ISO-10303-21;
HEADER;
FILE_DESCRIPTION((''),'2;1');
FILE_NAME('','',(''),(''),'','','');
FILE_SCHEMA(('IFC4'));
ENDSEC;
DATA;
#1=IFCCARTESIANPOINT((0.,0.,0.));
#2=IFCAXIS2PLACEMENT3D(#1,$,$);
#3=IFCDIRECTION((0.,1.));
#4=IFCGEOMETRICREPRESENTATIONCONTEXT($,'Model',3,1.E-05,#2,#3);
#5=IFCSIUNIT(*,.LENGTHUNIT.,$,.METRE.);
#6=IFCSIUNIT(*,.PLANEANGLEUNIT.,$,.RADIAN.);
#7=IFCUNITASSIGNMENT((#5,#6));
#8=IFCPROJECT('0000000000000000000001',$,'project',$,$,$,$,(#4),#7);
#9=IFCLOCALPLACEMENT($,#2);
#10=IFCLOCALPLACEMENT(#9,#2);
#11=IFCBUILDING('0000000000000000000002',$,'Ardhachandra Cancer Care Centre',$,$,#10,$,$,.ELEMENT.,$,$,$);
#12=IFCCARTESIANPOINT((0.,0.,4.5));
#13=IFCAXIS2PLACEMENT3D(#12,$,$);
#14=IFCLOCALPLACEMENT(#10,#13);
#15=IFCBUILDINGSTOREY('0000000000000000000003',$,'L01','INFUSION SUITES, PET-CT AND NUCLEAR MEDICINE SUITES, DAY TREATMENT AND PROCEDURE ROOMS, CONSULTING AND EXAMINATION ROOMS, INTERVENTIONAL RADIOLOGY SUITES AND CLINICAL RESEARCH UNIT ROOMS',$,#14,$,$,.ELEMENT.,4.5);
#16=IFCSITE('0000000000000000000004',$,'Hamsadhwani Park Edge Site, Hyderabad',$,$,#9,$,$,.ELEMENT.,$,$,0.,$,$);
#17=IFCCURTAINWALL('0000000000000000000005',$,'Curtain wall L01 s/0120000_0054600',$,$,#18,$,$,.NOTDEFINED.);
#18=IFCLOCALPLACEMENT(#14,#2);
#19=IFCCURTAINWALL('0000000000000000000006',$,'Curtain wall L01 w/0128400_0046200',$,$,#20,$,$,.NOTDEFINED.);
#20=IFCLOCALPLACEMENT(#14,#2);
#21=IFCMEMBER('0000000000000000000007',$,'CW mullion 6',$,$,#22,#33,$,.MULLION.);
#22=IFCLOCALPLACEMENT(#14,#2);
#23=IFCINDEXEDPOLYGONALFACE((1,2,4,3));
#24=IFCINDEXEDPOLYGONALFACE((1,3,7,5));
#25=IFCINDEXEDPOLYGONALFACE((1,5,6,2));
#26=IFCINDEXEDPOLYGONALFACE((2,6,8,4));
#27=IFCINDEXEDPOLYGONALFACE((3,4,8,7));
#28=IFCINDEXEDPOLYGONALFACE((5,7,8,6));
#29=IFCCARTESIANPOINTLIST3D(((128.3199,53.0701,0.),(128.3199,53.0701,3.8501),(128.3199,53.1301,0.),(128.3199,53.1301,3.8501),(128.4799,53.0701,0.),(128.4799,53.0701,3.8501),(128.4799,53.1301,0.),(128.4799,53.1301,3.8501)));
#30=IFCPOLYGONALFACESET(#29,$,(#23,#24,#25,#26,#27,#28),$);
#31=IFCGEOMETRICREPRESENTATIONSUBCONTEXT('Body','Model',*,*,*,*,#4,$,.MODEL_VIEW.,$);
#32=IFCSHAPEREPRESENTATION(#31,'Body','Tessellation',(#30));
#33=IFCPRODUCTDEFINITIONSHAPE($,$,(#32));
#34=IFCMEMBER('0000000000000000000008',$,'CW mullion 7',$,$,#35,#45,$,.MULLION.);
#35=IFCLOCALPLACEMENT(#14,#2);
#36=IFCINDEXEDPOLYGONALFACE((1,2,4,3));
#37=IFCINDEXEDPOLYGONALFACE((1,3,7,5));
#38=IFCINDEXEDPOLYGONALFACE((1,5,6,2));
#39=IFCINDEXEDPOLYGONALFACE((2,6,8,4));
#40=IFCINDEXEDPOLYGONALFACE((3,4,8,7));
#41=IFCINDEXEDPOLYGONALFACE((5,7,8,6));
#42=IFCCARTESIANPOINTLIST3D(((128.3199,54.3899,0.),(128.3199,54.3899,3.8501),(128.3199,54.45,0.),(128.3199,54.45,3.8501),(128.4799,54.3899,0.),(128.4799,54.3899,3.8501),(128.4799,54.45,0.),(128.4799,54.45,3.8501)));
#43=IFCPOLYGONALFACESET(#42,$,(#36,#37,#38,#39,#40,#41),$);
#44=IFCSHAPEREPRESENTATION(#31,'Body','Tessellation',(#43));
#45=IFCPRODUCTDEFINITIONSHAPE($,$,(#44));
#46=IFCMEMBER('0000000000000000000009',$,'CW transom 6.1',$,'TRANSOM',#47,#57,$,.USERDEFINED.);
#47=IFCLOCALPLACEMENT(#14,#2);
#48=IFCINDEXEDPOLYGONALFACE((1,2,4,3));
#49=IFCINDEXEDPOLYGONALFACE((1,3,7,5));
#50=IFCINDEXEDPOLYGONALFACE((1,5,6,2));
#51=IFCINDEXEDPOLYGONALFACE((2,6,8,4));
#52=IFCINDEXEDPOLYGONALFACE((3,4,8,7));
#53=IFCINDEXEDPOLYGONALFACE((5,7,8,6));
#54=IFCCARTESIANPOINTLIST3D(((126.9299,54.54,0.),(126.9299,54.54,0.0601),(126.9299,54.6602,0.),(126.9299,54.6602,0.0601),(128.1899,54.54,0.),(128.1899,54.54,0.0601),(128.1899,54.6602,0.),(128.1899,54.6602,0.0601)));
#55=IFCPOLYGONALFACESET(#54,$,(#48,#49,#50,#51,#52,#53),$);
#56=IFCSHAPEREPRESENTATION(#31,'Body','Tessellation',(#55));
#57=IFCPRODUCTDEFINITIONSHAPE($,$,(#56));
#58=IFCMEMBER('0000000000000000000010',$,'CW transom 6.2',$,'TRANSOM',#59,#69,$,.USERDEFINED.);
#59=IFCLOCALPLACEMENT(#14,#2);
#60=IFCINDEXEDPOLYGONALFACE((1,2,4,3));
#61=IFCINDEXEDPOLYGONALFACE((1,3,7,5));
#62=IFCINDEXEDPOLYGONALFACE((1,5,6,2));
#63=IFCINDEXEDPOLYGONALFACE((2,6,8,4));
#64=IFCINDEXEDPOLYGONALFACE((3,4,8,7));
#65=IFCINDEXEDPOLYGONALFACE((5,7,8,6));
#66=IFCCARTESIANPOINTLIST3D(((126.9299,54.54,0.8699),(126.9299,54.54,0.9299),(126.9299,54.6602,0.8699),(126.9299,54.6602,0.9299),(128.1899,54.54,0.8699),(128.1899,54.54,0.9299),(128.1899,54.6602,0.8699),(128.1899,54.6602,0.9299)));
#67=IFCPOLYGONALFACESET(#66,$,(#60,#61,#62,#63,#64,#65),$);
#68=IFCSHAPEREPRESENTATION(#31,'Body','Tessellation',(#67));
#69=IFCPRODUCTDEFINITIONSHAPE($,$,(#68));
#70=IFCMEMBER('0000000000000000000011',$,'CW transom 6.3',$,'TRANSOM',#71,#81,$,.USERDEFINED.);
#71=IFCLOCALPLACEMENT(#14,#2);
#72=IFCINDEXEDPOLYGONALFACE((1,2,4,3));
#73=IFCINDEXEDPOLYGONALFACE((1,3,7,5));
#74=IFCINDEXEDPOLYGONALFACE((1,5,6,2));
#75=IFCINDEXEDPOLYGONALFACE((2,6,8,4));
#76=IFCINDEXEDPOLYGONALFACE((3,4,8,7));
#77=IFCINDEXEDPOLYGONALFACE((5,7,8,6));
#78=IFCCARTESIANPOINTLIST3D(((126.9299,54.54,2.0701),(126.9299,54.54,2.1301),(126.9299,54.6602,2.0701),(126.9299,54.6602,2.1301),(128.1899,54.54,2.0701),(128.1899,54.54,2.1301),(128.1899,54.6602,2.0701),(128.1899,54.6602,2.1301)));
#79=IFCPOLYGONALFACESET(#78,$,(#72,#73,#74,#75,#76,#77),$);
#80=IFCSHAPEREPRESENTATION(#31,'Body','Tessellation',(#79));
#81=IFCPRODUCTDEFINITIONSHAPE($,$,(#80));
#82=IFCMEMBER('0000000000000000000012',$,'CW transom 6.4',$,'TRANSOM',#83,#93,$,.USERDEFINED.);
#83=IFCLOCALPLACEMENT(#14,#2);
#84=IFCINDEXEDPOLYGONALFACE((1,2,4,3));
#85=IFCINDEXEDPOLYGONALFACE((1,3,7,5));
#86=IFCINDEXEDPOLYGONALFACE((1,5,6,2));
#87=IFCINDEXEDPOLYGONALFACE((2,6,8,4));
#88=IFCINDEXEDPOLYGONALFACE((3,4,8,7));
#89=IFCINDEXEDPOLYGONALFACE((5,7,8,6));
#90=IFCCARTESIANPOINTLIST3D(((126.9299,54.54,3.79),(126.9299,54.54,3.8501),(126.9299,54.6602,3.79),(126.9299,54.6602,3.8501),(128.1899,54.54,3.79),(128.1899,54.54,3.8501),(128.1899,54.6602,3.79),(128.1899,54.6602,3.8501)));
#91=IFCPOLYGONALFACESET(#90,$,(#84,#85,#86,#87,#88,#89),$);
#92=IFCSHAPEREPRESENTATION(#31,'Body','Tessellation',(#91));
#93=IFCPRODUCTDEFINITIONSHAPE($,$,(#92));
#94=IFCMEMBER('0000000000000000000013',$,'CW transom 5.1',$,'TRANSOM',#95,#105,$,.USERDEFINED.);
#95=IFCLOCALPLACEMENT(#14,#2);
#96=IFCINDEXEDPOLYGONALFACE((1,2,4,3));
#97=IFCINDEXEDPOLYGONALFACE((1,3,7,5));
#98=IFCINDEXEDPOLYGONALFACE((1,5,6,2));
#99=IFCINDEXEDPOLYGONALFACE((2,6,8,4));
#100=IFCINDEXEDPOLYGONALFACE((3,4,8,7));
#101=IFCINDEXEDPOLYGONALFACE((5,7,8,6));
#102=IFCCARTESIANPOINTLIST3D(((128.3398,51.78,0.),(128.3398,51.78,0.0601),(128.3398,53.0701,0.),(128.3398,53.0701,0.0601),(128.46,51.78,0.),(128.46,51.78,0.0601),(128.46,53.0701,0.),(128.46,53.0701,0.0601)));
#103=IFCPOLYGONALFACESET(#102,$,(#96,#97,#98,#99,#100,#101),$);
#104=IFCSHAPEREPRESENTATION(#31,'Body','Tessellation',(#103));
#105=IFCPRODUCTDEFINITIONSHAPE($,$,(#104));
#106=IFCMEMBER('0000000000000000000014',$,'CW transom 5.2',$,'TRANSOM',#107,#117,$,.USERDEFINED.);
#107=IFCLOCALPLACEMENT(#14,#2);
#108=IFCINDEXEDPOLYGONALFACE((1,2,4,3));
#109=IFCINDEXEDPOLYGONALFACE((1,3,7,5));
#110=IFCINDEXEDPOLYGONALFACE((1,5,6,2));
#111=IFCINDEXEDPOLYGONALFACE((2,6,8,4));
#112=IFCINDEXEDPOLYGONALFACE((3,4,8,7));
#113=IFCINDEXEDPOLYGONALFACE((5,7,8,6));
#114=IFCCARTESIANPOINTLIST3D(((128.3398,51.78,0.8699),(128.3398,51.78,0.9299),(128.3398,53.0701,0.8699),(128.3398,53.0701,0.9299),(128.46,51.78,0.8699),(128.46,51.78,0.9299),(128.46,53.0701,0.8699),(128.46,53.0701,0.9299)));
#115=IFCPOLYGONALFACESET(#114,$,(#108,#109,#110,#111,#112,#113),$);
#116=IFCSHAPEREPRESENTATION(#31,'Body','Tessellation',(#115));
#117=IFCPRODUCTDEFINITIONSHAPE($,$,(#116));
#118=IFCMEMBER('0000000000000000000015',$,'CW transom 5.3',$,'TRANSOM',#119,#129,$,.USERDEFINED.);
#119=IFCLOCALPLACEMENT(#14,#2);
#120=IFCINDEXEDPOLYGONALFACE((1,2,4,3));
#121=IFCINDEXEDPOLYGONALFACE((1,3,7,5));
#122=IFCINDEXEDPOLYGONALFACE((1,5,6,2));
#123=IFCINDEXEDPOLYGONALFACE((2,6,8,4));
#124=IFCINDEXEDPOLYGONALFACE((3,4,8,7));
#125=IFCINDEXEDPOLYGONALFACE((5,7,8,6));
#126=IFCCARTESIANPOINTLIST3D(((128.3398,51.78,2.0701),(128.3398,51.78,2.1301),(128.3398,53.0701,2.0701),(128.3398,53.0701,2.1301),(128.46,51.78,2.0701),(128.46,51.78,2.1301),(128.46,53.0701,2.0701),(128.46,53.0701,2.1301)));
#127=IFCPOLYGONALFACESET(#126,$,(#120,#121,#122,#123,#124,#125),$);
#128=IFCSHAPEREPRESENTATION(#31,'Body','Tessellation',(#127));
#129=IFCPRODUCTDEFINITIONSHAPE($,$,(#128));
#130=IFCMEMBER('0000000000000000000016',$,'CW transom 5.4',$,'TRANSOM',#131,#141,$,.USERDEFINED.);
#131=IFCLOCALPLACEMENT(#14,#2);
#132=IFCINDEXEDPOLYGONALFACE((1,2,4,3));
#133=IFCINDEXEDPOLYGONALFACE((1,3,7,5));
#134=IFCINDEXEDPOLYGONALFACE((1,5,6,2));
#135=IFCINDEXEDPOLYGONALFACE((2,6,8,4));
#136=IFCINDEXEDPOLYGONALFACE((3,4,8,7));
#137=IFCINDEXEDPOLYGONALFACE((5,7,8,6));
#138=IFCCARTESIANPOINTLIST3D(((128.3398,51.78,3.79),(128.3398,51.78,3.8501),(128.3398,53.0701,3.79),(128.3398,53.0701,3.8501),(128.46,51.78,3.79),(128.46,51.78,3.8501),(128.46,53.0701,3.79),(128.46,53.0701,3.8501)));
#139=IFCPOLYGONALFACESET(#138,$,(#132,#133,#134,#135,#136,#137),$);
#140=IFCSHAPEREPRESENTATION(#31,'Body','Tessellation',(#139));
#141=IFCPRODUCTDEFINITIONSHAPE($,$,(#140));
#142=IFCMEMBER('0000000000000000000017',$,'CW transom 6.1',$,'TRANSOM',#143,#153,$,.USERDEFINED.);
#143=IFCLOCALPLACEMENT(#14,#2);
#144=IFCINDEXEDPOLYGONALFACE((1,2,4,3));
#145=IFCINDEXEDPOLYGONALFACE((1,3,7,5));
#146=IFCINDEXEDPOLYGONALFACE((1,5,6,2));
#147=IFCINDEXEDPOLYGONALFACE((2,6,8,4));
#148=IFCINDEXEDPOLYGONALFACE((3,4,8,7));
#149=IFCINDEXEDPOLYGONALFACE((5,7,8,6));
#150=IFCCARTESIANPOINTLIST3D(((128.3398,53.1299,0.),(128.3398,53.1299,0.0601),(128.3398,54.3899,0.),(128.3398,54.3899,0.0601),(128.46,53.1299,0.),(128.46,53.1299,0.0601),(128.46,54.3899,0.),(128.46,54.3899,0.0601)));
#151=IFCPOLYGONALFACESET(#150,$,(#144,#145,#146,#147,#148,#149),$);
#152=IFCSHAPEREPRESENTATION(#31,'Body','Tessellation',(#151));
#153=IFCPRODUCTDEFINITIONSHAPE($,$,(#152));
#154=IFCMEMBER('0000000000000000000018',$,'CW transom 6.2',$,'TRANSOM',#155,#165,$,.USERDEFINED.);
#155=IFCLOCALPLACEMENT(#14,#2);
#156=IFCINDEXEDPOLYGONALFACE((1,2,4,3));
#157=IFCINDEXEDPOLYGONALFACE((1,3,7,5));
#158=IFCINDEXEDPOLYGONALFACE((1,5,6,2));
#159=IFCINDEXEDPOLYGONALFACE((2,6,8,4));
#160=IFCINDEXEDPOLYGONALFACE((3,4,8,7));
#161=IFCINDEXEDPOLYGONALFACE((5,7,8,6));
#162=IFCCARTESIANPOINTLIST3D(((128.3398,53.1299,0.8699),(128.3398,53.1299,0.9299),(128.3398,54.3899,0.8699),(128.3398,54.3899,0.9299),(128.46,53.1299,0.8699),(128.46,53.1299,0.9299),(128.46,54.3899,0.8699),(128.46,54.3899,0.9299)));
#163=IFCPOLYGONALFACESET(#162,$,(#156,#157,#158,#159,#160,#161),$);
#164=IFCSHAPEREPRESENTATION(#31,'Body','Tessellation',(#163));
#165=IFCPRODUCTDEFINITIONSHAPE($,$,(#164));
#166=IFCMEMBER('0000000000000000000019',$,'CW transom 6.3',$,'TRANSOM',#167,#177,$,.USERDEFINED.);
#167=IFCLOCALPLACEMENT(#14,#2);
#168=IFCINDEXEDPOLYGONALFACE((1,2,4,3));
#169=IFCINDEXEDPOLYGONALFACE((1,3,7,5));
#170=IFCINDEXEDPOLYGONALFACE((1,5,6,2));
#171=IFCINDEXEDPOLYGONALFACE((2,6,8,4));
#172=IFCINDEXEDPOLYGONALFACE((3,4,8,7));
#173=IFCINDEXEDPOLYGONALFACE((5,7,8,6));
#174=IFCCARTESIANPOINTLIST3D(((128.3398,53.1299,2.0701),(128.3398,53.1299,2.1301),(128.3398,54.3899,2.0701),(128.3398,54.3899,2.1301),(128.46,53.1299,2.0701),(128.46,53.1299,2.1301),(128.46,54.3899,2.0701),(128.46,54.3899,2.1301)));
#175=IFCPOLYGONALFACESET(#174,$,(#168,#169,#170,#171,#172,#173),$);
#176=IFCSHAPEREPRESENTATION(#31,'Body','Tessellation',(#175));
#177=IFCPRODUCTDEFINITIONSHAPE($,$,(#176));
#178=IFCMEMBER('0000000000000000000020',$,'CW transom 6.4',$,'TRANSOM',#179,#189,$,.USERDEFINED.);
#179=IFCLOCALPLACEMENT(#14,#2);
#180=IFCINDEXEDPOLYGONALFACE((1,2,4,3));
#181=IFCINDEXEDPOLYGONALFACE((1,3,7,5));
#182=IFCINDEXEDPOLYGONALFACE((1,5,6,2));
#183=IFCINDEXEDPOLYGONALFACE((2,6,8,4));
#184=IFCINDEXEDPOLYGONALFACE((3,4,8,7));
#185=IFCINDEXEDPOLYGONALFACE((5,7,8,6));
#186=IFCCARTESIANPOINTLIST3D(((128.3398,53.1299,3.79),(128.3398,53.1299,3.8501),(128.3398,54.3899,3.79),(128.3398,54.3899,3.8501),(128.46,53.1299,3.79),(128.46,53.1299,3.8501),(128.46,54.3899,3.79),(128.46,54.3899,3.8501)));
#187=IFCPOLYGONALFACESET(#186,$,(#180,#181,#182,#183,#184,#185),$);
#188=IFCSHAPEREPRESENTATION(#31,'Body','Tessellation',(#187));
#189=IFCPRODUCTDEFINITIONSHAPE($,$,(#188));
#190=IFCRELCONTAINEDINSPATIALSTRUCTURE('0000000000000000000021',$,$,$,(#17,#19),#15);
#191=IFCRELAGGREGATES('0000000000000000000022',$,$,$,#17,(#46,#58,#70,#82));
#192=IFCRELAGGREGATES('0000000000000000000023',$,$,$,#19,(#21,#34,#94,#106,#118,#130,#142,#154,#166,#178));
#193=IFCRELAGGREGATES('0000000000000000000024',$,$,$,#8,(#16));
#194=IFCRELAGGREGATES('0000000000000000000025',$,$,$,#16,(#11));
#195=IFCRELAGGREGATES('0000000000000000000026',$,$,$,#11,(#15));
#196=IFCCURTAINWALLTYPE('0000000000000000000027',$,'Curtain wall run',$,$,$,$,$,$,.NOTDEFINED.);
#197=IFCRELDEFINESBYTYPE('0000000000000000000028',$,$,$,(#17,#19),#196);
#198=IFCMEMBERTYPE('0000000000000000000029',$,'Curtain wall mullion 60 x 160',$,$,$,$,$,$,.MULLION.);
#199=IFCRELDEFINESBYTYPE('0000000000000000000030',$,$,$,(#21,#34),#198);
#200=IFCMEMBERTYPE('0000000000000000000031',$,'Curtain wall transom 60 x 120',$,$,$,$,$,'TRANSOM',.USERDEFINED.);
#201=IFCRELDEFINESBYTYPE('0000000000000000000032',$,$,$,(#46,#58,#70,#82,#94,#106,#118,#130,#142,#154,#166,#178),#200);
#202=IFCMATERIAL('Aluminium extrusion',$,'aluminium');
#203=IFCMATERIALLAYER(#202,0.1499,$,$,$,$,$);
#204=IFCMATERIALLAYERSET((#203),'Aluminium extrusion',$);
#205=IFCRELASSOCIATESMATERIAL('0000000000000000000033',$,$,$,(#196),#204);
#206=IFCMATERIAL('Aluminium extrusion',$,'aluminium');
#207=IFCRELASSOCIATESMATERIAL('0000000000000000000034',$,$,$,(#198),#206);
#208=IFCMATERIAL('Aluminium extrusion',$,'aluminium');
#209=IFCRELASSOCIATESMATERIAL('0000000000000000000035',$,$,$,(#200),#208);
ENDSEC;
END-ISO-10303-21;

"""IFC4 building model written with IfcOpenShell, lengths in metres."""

from ifc_helpers import new_model, si_unit, direction, frame, origin, origin_2d, place, context, subcontext, project, spatial, rectangle, extrude, material, layer, layer_set, material_profile, profile_set, type_object, element, aggregate, save


model = new_model("IFC4")

# Units and contexts
model_context = context("Model", 3, precision=1e-05, world=origin(), true_north=direction((0.0, 1.0)))
body_context = subcontext(model_context, "Body", "Model", "MODEL_VIEW")
ifc_project = project(units=[si_unit("LENGTHUNIT", "METRE"), si_unit("PLANEANGLEUNIT", "RADIAN")], contexts=[model_context])

# Site, building, storey
site_placement = place(None, origin())
site = spatial("IfcSite", under=ifc_project, at=site_placement, Name="Hamsadhwani Park Edge Site, Hyderabad", CompositionType="ELEMENT", RefElevation=0.0)
building_placement = place(site_placement, origin())
building = spatial("IfcBuilding", under=site, at=building_placement, Name="Ardhachandra Cancer Care Centre", CompositionType="ELEMENT")
storey_placement = place(building_placement, frame((0.0, 0.0, 4.5)))
storey = spatial("IfcBuildingStorey", under=building, at=storey_placement, Name="L01", Description="INFUSION SUITES, PET-CT AND NUCLEAR MEDICINE SUITES, DAY TREATMENT AND PROCEDURE ROOMS, CONSULTING AND EXAMINATION ROOMS, INTERVENTIONAL RADIOLOGY SUITES AND CLINICAL RESEARCH UNIT ROOMS", CompositionType="ELEMENT", Elevation=4.5)

# Curtain walls, members
ifc_material_1 = material(Name="Aluminium extrusion", Category="aluminium")
ifc_layer_1 = layer(ifc_material_1, 0.1499)
ifc_layer_set_1 = layer_set([ifc_layer_1], Name="Aluminium extrusion")
curtain_wall_type = type_object("IfcCurtainWallType", Name="Curtain wall run", PredefinedType="NOTDEFINED", material=ifc_layer_set_1)
curtain_wall_1_placement = place(storey_placement, origin())
curtain_wall_1 = element("IfcCurtainWall", 1, at=curtain_wall_1_placement, inside=storey, type_object=curtain_wall_type, Name="Curtain wall L01 s/0120000_0054600", PredefinedType="NOTDEFINED")
ifc_material_2 = material(Name="Aluminium extrusion", Category="aluminium")
ifc_material_profile_1 = material_profile(ifc_material_2, rectangle(XDim=0.1599, YDim=0.0601, at=origin_2d()), Name="Curtain wall mullion 60 x 160")
ifc_profile_set_1 = profile_set([ifc_material_profile_1], Name="Aluminium extrusion")
member_type_1 = type_object("IfcMemberType", Name="Curtain wall mullion 60 x 160", PredefinedType="MULLION", material=ifc_profile_set_1)
curtain_wall_2_placement = place(storey_placement, origin())
curtain_wall_2 = element("IfcCurtainWall", 2, at=curtain_wall_2_placement, inside=storey, type_object=curtain_wall_type, Name="Curtain wall L01 w/0128400_0046200", PredefinedType="NOTDEFINED")
member_1_placement = place(storey_placement, frame((128.3999, 53.1001, 0.0), z_axis=(0.0, 0.0, 1.0), x_axis=(-1.0, 0.0, 0.0)))
member_1 = element("IfcMember", 3, at=member_1_placement, type_object=member_type_1, Name="CW mullion 6", PredefinedType="MULLION", context=body_context, shape_type="SweptSolid", body=[
    extrude(rectangle(XDim=0.1599, YDim=0.0601, at=origin_2d()), origin(), (0.0, 0.0, 1.0), 3.8501),
])
member_2_placement = place(storey_placement, frame((128.3999, 54.4199, 0.0), z_axis=(0.0, 0.0, 1.0), x_axis=(-1.0, 0.0, 0.0)))
member_2 = element("IfcMember", 4, at=member_2_placement, type_object=member_type_1, Name="CW mullion 7", PredefinedType="MULLION", context=body_context, shape_type="SweptSolid", body=[
    extrude(rectangle(XDim=0.1599, YDim=0.0601, at=origin_2d()), origin(), (0.0, 0.0, 1.0), 3.8501),
])

# Members
ifc_material_3 = material(Name="Aluminium extrusion", Category="aluminium")
ifc_material_profile_2 = material_profile(ifc_material_3, rectangle(XDim=0.1201, YDim=0.0601, at=origin_2d()), Name="Curtain wall transom 60 x 120")
ifc_profile_set_2 = profile_set([ifc_material_profile_2], Name="Aluminium extrusion")
member_type_2 = type_object("IfcMemberType", Name="Curtain wall transom 60 x 120", ElementType="TRANSOM", PredefinedType="USERDEFINED", material=ifc_profile_set_2)
member_3_placement = place(storey_placement, frame((126.9299, 54.6001, 0.03), z_axis=(1.0, 0.0, 0.0), x_axis=(0.0, 1.0, 0.0)))
member_3 = element("IfcMember", 5, at=member_3_placement, type_object=member_type_2, Name="CW transom 6.1", ObjectType="TRANSOM", PredefinedType="USERDEFINED", context=body_context, shape_type="SweptSolid", body=[
    extrude(rectangle(XDim=0.1201, YDim=0.0601, at=origin_2d()), origin(), (0.0, 0.0, 1.0), 1.26),
])
member_4_placement = place(storey_placement, frame((126.9299, 54.6001, 0.8999), z_axis=(1.0, 0.0, 0.0), x_axis=(0.0, 1.0, 0.0)))
member_4 = element("IfcMember", 6, at=member_4_placement, type_object=member_type_2, Name="CW transom 6.2", ObjectType="TRANSOM", PredefinedType="USERDEFINED", context=body_context, shape_type="SweptSolid", body=[
    extrude(rectangle(XDim=0.1201, YDim=0.0601, at=origin_2d()), origin(), (0.0, 0.0, 1.0), 1.26),
])
member_5_placement = place(storey_placement, frame((126.9299, 54.6001, 2.1001), z_axis=(1.0, 0.0, 0.0), x_axis=(0.0, 1.0, 0.0)))
member_5 = element("IfcMember", 7, at=member_5_placement, type_object=member_type_2, Name="CW transom 6.3", ObjectType="TRANSOM", PredefinedType="USERDEFINED", context=body_context, shape_type="SweptSolid", body=[
    extrude(rectangle(XDim=0.1201, YDim=0.0601, at=origin_2d()), origin(), (0.0, 0.0, 1.0), 1.26),
])
member_6_placement = place(storey_placement, frame((126.9299, 54.6001, 3.8201), z_axis=(1.0, 0.0, 0.0), x_axis=(0.0, 1.0, 0.0)))
member_6 = element("IfcMember", 8, at=member_6_placement, type_object=member_type_2, Name="CW transom 6.4", ObjectType="TRANSOM", PredefinedType="USERDEFINED", context=body_context, shape_type="SweptSolid", body=[
    extrude(rectangle(XDim=0.1201, YDim=0.0601, at=origin_2d()), origin(), (0.0, 0.0, 1.0), 1.26),
])
member_7_placement = place(storey_placement, frame((128.3999, 51.78, 0.03), z_axis=(0.0, 1.0, 0.0), x_axis=(-1.0, 0.0, 0.0)))
member_7 = element("IfcMember", 9, at=member_7_placement, type_object=member_type_2, Name="CW transom 5.1", ObjectType="TRANSOM", PredefinedType="USERDEFINED", context=body_context, shape_type="SweptSolid", body=[
    extrude(rectangle(XDim=0.1201, YDim=0.0601, at=origin_2d()), origin(), (0.0, 0.0, 1.0), 1.29),
])
member_8_placement = place(storey_placement, frame((128.3999, 51.78, 0.8999), z_axis=(0.0, 1.0, 0.0), x_axis=(-1.0, 0.0, 0.0)))
member_8 = element("IfcMember", 10, at=member_8_placement, type_object=member_type_2, Name="CW transom 5.2", ObjectType="TRANSOM", PredefinedType="USERDEFINED", context=body_context, shape_type="SweptSolid", body=[
    extrude(rectangle(XDim=0.1201, YDim=0.0601, at=origin_2d()), origin(), (0.0, 0.0, 1.0), 1.29),
])
member_9_placement = place(storey_placement, frame((128.3999, 51.78, 2.1001), z_axis=(0.0, 1.0, 0.0), x_axis=(-1.0, 0.0, 0.0)))
member_9 = element("IfcMember", 11, at=member_9_placement, type_object=member_type_2, Name="CW transom 5.3", ObjectType="TRANSOM", PredefinedType="USERDEFINED", context=body_context, shape_type="SweptSolid", body=[
    extrude(rectangle(XDim=0.1201, YDim=0.0601, at=origin_2d()), origin(), (0.0, 0.0, 1.0), 1.29),
])
member_10_placement = place(storey_placement, frame((128.3999, 51.78, 3.8201), z_axis=(0.0, 1.0, 0.0), x_axis=(-1.0, 0.0, 0.0)))
member_10 = element("IfcMember", 12, at=member_10_placement, type_object=member_type_2, Name="CW transom 5.4", ObjectType="TRANSOM", PredefinedType="USERDEFINED", context=body_context, shape_type="SweptSolid", body=[
    extrude(rectangle(XDim=0.1201, YDim=0.0601, at=origin_2d()), origin(), (0.0, 0.0, 1.0), 1.29),
])
member_11_placement = place(storey_placement, frame((128.3999, 53.1299, 0.03), z_axis=(0.0, 1.0, 0.0), x_axis=(-1.0, 0.0, 0.0)))
member_11 = element("IfcMember", 13, at=member_11_placement, type_object=member_type_2, Name="CW transom 6.1", ObjectType="TRANSOM", PredefinedType="USERDEFINED", context=body_context, shape_type="SweptSolid", body=[
    extrude(rectangle(XDim=0.1201, YDim=0.0601, at=origin_2d()), origin(), (0.0, 0.0, 1.0), 1.26),
])
member_12_placement = place(storey_placement, frame((128.3999, 53.1299, 0.8999), z_axis=(0.0, 1.0, 0.0), x_axis=(-1.0, 0.0, 0.0)))
member_12 = element("IfcMember", 14, at=member_12_placement, type_object=member_type_2, Name="CW transom 6.2", ObjectType="TRANSOM", PredefinedType="USERDEFINED", context=body_context, shape_type="SweptSolid", body=[
    extrude(rectangle(XDim=0.1201, YDim=0.0601, at=origin_2d()), origin(), (0.0, 0.0, 1.0), 1.26),
])
member_13_placement = place(storey_placement, frame((128.3999, 53.1299, 2.1001), z_axis=(0.0, 1.0, 0.0), x_axis=(-1.0, 0.0, 0.0)))
member_13 = element("IfcMember", 15, at=member_13_placement, type_object=member_type_2, Name="CW transom 6.3", ObjectType="TRANSOM", PredefinedType="USERDEFINED", context=body_context, shape_type="SweptSolid", body=[
    extrude(rectangle(XDim=0.1201, YDim=0.0601, at=origin_2d()), origin(), (0.0, 0.0, 1.0), 1.26),
])
member_14_placement = place(storey_placement, frame((128.3999, 53.1299, 3.8201), z_axis=(0.0, 1.0, 0.0), x_axis=(-1.0, 0.0, 0.0)))
member_14 = element("IfcMember", 16, at=member_14_placement, type_object=member_type_2, Name="CW transom 6.4", ObjectType="TRANSOM", PredefinedType="USERDEFINED", context=body_context, shape_type="SweptSolid", body=[
    extrude(rectangle(XDim=0.1201, YDim=0.0601, at=origin_2d()), origin(), (0.0, 0.0, 1.0), 1.26),
])

aggregate(curtain_wall_1, [member_3, member_4, member_5, member_6])
aggregate(curtain_wall_2, [member_1, member_2, member_7, member_8, member_9, member_10, member_11, member_12, member_13, member_14])

save(model, "model.ifc")
